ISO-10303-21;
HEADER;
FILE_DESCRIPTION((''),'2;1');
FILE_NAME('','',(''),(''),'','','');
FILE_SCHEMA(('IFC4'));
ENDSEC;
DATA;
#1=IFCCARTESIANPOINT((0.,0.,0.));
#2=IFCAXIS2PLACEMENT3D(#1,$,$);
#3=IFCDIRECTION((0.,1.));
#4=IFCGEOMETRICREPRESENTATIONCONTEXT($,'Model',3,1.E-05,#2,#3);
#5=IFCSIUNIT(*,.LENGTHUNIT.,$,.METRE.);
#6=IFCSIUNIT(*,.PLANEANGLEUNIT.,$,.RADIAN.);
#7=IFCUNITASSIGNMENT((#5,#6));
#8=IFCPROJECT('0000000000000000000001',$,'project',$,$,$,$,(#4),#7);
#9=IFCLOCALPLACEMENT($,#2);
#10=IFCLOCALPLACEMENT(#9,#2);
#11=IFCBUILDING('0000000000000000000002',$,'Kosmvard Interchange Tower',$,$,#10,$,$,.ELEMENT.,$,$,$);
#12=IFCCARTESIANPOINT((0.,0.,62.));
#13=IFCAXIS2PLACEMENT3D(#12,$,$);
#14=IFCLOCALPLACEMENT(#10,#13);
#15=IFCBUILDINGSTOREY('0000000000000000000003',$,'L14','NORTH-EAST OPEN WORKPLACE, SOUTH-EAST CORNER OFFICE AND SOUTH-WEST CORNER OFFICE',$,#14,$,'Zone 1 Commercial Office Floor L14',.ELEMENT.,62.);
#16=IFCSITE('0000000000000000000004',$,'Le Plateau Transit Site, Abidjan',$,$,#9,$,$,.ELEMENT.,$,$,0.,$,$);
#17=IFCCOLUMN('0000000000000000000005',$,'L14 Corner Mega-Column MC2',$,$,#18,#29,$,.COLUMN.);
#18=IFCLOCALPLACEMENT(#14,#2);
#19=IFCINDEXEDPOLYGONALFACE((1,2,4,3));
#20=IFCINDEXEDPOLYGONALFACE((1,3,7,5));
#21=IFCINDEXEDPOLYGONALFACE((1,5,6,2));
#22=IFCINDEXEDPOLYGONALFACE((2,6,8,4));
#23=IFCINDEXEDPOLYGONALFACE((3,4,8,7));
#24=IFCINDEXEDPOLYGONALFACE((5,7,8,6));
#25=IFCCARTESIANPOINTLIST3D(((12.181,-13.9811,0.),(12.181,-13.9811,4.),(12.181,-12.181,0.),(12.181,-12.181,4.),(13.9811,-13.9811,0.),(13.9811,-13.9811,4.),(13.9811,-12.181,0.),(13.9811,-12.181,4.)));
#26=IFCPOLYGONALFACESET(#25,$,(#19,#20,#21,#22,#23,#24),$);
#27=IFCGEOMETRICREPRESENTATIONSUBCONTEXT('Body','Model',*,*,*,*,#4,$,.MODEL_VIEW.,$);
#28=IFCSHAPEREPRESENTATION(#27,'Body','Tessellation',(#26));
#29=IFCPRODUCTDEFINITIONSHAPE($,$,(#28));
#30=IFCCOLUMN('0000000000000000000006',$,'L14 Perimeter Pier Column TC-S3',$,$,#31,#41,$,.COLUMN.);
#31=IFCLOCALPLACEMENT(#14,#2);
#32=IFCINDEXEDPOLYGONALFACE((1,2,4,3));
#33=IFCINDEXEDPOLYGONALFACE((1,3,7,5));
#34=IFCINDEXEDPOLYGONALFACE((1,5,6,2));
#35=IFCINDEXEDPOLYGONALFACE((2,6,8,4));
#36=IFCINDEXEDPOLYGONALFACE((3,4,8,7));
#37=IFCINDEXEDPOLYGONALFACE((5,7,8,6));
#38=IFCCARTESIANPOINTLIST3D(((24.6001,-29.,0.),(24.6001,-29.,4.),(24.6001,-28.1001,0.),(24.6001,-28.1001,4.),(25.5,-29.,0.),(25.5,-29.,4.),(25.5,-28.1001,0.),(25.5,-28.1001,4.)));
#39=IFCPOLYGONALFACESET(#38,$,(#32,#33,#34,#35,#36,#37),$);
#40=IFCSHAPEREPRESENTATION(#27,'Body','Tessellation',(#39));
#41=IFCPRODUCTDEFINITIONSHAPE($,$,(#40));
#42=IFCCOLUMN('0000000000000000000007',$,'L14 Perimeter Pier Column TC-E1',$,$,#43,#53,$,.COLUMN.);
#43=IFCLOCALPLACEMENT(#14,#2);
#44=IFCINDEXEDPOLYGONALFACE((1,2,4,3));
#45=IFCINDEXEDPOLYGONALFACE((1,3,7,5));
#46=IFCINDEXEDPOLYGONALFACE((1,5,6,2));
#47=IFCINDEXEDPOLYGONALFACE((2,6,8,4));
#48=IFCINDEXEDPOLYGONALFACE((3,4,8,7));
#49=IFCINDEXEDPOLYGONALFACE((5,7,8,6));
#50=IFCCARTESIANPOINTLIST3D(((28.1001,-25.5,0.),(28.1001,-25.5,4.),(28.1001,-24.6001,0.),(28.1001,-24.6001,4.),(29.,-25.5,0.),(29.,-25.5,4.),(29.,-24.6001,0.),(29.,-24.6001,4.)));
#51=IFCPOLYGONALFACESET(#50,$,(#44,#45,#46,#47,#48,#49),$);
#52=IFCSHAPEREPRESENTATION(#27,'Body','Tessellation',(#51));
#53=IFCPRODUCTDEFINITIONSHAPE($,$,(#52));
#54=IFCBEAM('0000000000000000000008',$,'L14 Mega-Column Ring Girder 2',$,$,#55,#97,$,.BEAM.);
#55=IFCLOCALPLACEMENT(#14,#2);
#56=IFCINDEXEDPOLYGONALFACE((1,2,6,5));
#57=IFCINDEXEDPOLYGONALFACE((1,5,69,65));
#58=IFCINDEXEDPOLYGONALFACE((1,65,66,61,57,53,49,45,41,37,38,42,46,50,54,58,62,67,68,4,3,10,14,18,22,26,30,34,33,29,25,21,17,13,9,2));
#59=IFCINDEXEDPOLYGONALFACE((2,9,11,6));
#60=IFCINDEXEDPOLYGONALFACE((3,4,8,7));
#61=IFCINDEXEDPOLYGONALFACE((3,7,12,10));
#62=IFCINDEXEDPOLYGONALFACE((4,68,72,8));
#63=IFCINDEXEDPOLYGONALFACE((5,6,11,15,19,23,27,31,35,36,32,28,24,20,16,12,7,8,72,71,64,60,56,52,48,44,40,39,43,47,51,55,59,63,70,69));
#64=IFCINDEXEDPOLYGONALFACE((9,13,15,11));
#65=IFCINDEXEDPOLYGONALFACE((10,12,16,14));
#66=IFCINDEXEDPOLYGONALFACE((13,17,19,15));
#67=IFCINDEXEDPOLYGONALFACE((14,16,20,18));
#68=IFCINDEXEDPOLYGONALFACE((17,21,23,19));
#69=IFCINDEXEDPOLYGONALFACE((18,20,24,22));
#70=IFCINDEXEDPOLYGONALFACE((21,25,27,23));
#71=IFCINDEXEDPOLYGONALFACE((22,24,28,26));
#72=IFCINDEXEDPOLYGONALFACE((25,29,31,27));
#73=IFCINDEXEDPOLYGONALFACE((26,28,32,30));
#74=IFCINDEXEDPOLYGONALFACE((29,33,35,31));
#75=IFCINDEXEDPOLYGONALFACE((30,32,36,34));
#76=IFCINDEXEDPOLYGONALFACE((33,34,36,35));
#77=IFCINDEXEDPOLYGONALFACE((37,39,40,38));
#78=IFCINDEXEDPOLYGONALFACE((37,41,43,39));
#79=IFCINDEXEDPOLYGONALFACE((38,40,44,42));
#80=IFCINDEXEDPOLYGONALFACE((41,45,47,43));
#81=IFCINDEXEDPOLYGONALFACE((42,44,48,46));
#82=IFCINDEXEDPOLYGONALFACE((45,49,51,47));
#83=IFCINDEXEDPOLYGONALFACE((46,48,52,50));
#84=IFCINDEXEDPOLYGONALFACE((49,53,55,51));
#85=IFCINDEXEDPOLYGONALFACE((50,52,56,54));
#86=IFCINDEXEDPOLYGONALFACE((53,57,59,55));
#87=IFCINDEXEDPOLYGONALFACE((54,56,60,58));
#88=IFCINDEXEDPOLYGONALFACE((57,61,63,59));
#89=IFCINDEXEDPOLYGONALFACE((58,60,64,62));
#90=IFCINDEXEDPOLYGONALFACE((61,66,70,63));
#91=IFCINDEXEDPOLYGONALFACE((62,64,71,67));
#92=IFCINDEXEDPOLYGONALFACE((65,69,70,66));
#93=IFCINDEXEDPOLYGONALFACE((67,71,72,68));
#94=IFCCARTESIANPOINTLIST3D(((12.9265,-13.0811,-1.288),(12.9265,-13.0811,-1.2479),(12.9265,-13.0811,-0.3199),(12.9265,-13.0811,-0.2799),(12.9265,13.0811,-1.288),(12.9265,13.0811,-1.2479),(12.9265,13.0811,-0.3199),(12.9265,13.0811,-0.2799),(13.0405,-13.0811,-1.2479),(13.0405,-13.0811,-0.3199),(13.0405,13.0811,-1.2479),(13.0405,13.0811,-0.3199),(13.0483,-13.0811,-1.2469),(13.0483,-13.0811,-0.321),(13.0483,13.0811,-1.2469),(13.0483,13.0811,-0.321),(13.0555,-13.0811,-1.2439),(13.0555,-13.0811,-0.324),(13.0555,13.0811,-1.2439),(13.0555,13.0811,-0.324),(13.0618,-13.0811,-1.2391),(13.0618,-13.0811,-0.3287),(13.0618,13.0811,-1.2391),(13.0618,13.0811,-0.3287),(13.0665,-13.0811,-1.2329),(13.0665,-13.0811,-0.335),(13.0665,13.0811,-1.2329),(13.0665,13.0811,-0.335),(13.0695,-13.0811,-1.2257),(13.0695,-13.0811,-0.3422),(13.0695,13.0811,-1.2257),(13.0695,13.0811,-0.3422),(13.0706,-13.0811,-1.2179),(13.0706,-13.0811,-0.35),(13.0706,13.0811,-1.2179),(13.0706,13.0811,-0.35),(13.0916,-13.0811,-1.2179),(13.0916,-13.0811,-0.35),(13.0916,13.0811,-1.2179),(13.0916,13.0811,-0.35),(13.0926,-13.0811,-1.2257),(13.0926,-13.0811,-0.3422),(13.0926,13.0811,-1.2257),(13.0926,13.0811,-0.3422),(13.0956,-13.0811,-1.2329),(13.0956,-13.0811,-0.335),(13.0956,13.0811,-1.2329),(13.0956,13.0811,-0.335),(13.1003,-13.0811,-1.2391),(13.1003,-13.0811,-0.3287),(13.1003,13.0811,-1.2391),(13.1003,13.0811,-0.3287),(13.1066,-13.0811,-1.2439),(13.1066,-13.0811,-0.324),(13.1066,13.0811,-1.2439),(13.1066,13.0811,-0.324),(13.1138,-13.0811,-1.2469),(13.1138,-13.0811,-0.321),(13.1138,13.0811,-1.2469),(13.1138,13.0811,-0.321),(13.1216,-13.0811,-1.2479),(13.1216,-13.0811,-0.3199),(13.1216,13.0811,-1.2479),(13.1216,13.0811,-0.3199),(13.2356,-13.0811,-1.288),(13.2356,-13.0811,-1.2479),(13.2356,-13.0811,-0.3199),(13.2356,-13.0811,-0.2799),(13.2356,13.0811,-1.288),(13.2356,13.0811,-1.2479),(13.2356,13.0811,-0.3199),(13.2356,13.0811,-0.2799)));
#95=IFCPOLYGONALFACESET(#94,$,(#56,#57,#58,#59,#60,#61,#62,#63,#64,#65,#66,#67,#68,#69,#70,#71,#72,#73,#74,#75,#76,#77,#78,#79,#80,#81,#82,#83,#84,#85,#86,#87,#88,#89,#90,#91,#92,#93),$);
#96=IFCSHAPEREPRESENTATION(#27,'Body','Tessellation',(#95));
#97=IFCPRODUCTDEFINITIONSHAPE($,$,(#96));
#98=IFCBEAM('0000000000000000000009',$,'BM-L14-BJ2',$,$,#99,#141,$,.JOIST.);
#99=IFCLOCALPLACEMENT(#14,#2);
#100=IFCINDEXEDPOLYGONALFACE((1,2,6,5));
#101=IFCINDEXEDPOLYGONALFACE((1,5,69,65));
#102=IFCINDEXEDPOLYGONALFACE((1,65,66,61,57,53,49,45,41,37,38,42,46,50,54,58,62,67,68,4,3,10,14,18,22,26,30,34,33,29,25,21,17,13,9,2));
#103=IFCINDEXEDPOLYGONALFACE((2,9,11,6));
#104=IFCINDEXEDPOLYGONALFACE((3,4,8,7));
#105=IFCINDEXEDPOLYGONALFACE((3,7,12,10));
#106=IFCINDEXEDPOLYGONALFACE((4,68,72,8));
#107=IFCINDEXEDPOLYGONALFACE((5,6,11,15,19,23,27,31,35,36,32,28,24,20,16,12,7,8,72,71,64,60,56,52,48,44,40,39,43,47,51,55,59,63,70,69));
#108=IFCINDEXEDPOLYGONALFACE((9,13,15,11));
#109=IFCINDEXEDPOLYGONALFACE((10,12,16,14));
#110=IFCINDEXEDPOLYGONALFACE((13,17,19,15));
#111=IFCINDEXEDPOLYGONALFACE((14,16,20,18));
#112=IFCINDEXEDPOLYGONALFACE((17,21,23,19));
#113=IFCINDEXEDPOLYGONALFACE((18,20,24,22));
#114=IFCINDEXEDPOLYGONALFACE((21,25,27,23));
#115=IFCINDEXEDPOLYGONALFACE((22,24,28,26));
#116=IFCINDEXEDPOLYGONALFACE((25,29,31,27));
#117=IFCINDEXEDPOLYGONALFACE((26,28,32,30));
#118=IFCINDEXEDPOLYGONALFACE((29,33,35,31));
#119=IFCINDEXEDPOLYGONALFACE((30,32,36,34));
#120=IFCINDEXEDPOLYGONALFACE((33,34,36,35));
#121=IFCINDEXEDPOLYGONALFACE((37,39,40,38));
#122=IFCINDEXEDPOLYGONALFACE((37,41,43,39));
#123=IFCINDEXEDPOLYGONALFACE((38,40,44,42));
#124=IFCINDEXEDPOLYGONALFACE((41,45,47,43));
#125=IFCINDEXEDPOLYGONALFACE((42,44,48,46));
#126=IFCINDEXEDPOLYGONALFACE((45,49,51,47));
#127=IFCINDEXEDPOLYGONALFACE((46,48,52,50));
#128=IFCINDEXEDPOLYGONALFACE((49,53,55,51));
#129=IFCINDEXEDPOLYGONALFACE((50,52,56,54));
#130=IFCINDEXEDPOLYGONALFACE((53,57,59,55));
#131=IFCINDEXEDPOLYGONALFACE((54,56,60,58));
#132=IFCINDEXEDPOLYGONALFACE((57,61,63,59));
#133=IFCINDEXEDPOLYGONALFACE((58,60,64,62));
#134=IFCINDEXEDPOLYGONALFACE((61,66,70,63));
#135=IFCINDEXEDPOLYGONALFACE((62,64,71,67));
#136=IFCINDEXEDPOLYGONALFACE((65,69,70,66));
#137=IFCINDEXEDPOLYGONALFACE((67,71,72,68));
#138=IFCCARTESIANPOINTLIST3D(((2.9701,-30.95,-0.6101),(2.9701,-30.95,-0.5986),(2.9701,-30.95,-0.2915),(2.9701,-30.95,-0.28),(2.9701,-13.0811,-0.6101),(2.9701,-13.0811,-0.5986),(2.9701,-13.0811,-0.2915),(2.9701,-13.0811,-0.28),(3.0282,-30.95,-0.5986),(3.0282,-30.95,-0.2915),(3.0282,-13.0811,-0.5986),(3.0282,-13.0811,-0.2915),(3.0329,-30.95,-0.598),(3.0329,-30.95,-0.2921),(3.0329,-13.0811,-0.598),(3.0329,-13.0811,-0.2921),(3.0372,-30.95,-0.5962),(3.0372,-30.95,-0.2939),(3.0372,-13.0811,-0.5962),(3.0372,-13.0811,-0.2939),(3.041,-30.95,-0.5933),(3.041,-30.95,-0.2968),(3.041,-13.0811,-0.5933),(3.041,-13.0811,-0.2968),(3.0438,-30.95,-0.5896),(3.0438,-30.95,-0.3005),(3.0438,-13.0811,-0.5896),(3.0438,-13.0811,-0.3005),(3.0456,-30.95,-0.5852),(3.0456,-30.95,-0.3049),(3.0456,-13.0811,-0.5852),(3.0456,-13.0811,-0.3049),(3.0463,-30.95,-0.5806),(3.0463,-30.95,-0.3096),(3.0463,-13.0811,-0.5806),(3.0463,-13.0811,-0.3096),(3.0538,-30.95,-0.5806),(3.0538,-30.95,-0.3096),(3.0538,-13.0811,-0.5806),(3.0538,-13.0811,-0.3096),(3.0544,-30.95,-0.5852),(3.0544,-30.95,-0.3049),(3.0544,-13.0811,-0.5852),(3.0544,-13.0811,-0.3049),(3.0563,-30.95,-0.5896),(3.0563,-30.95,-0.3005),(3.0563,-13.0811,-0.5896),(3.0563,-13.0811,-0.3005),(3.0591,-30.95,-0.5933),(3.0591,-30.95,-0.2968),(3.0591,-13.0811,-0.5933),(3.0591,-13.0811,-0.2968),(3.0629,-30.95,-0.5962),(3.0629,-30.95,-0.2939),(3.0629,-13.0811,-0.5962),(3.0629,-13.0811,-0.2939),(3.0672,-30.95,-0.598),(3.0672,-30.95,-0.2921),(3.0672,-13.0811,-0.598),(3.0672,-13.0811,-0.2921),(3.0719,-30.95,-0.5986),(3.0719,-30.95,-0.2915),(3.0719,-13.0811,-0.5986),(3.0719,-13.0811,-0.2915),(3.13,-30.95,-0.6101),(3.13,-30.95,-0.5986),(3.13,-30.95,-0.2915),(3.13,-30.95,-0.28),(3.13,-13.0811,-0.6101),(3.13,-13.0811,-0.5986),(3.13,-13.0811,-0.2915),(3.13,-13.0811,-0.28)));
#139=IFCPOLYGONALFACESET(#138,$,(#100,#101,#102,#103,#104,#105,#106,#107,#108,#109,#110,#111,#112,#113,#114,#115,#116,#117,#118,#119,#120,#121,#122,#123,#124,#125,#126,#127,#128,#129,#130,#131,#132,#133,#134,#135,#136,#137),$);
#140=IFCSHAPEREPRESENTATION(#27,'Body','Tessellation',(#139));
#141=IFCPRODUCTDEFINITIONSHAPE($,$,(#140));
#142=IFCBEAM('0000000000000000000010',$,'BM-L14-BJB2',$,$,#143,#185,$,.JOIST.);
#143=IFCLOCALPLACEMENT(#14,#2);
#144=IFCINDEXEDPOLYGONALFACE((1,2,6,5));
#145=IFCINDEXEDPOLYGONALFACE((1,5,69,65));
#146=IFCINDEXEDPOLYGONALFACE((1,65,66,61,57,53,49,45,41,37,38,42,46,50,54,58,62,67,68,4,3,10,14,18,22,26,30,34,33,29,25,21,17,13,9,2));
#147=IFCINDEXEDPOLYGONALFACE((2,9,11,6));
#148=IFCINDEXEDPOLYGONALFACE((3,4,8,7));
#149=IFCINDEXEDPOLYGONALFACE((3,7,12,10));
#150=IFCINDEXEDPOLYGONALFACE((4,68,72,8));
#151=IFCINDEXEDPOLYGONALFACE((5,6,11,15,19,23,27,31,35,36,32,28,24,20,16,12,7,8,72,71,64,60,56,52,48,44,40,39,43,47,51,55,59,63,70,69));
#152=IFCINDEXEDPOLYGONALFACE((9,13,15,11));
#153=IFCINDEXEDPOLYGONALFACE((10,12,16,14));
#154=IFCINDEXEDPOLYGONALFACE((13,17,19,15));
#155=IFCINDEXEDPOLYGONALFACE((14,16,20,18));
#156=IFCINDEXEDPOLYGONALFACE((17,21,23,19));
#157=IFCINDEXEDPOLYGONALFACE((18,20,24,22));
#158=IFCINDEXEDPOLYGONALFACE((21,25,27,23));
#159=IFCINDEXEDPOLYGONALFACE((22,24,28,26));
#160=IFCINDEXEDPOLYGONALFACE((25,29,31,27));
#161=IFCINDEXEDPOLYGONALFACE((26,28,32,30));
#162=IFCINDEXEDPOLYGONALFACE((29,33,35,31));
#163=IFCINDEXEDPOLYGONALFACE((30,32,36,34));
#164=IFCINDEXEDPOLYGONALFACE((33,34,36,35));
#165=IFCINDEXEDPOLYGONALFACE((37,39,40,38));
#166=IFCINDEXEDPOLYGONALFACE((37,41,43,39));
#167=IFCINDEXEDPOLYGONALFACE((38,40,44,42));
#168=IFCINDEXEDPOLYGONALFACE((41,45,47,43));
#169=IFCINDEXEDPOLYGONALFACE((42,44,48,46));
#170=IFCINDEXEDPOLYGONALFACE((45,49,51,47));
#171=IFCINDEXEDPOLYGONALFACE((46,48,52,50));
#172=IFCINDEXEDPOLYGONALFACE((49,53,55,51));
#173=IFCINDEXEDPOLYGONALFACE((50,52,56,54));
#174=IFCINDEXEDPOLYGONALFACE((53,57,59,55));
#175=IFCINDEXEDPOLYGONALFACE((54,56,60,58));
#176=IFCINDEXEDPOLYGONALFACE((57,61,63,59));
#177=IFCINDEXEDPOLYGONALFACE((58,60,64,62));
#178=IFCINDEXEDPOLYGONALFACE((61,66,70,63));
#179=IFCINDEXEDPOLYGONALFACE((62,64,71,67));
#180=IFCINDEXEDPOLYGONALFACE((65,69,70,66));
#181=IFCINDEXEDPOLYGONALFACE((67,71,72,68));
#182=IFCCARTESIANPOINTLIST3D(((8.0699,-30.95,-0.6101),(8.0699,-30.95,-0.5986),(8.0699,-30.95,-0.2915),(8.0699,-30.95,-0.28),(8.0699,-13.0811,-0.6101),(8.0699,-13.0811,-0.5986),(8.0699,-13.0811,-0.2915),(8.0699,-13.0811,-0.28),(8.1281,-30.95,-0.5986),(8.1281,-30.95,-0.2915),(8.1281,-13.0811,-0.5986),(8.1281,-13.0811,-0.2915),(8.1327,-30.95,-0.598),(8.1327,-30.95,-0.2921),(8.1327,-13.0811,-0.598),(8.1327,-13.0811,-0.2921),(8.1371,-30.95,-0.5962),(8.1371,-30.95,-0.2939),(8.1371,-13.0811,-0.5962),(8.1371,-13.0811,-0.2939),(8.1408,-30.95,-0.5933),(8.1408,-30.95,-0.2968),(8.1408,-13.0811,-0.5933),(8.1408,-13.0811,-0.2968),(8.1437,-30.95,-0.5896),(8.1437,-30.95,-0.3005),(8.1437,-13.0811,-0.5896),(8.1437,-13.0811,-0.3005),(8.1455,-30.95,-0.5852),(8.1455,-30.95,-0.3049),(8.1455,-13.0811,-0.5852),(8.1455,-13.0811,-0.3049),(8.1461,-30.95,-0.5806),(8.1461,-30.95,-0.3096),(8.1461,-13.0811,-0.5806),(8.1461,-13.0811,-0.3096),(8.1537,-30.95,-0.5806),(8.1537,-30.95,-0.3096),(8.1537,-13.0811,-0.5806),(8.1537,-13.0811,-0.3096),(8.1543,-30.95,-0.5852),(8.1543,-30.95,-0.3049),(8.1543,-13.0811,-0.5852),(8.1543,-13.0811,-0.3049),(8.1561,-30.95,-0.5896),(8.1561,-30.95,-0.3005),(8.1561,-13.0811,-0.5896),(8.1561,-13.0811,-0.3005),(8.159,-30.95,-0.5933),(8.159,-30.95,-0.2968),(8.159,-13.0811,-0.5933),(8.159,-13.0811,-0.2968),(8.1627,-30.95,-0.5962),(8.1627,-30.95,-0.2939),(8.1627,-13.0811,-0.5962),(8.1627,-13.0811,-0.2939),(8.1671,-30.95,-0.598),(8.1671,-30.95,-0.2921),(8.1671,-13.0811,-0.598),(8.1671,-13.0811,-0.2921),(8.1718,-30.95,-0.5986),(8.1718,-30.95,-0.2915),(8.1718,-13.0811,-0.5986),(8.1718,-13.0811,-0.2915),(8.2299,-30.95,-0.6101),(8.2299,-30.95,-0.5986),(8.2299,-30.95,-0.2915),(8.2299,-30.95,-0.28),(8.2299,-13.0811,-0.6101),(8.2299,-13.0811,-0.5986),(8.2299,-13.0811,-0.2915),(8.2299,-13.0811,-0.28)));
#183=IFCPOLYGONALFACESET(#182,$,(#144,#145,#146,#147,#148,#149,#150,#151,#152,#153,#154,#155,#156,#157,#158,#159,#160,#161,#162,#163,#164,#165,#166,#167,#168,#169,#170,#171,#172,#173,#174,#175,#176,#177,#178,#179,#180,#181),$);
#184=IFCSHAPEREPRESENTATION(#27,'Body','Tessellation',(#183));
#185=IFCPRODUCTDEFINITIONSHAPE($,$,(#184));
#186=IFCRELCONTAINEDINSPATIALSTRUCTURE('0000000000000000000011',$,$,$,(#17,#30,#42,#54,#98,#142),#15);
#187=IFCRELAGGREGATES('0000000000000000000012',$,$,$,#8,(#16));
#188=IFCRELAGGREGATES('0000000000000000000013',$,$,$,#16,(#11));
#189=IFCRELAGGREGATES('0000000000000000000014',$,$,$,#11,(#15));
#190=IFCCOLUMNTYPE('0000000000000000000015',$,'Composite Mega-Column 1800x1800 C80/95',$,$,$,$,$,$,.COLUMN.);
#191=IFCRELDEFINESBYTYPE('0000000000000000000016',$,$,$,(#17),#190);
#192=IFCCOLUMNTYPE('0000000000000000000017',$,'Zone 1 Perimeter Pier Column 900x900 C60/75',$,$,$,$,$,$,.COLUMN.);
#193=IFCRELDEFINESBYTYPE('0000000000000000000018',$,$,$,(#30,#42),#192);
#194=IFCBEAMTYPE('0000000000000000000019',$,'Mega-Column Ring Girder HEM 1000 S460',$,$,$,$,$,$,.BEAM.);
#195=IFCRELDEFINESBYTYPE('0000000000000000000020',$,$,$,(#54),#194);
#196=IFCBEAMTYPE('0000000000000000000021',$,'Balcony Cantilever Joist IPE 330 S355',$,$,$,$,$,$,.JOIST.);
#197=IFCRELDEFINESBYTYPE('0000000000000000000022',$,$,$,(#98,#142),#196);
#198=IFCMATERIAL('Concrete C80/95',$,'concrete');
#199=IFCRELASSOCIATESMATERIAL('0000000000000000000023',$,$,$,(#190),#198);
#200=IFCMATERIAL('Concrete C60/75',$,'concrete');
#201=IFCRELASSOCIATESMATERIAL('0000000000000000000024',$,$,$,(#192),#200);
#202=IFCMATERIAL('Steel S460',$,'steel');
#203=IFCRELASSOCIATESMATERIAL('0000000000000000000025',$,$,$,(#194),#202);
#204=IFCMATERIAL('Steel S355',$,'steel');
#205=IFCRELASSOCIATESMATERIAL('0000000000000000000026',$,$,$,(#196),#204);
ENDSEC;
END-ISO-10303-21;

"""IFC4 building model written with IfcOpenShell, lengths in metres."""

from ifc_helpers import new_model, si_unit, direction, frame, origin, origin_2d, place, context, subcontext, project, spatial, rectangle, i_section, extrude, source, transform, mapped, material, material_profile, profile_set, type_object, element, save


model = new_model("IFC4")

# Units and contexts
model_context = context("Model", 3, precision=1e-05, world=origin(), true_north=direction((0.0, 1.0)))
body_context = subcontext(model_context, "Body", "Model", "MODEL_VIEW")
ifc_project = project(units=[si_unit("LENGTHUNIT", "METRE"), si_unit("PLANEANGLEUNIT", "RADIAN")], contexts=[model_context])

# Site, building, storey
site_placement = place(None, origin())
site = spatial("IfcSite", under=ifc_project, at=site_placement, Name="Le Plateau Transit Site, Abidjan", CompositionType="ELEMENT", RefElevation=0.0)
building_placement = place(site_placement, origin())
building = spatial("IfcBuilding", under=site, at=building_placement, Name="Kosmvard Interchange Tower", CompositionType="ELEMENT")
storey_placement = place(building_placement, frame((0.0, 0.0, 62.0)))
storey = spatial("IfcBuildingStorey", under=building, at=storey_placement, Name="L14", Description="NORTH-EAST OPEN WORKPLACE, SOUTH-EAST CORNER OFFICE AND SOUTH-WEST CORNER OFFICE", LongName="Zone 1 Commercial Office Floor L14", CompositionType="ELEMENT", Elevation=62.0)

# Columns
ifc_material_1 = material(Name="Concrete C80/95", Category="concrete")
ifc_material_profile_1 = material_profile(ifc_material_1, rectangle(XDim=1.8, YDim=1.8, at=origin_2d()), Name="MC 1800x1800")
ifc_profile_set_1 = profile_set([ifc_material_profile_1], Name="Concrete C80/95")
column_type_1 = type_object("IfcColumnType", Name="Composite Mega-Column 1800x1800 C80/95", PredefinedType="COLUMN", material=ifc_profile_set_1)
shared_shape_1 = source(origin(), body_context, "Body", "SweptSolid", [
    extrude(rectangle(XDim=1.8, YDim=1.8, at=origin_2d()), origin(), (0.0, 0.0, 1.0), 4.0),
])
column_placement = place(storey_placement, frame((13.0811, -13.0811, 0.0), z_axis=(0.0, 0.0, 1.0), x_axis=(1.0, 0.0, 0.0)))
element("IfcColumn", 1, at=column_placement, inside=storey, type_object=column_type_1, Name="L14 Corner Mega-Column MC2", PredefinedType="COLUMN", context=body_context, shape_type="MappedRepresentation", body=[
    mapped(shared_shape_1, transform((0.0, 0.0, 0.0), scale=1.0)),
])
ifc_material_2 = material(Name="Concrete C60/75", Category="concrete")
ifc_material_profile_2 = material_profile(ifc_material_2, rectangle(XDim=0.8999, YDim=0.8999, at=origin_2d()), Name="TC 900x900")
ifc_profile_set_2 = profile_set([ifc_material_profile_2], Name="Concrete C60/75")
column_type_2 = type_object("IfcColumnType", Name="Zone 1 Perimeter Pier Column 900x900 C60/75", PredefinedType="COLUMN", material=ifc_profile_set_2)
shared_shape_2 = source(origin(), body_context, "Body", "SweptSolid", [
    extrude(rectangle(XDim=0.8999, YDim=0.8999, at=origin_2d()), origin(), (0.0, 0.0, 1.0), 4.0),
])
for number, where, z_axis, x_axis, name in (
    (2, (25.05, -28.55, 0.0), (0.0, 0.0, 1.0), (1.0, 0.0, 0.0), "L14 Perimeter Pier Column TC-S3"),
    (3, (28.55, -25.05, 0.0), (0.0, 0.0, 1.0), (1.0, 0.0, 0.0), "L14 Perimeter Pier Column TC-E1"),
):
    element("IfcColumn", number, at=place(storey_placement, frame(where, z_axis=z_axis, x_axis=x_axis)), inside=storey, type_object=column_type_2, Name=name, PredefinedType="COLUMN", context=body_context, shape_type="MappedRepresentation", body=[
        mapped(shared_shape_2, transform((0.0, 0.0, 0.0), scale=1.0)),
    ])

# Beams
ifc_material_3 = material(Name="Steel S460", Category="steel")
ifc_material_profile_3 = material_profile(ifc_material_3, i_section(OverallWidth=0.3091, OverallDepth=1.0081, WebThickness=0.021, FlangeThickness=0.04, FilletRadius=0.03, at=origin_2d()), Name="HEM 1000")
ifc_profile_set_3 = profile_set([ifc_material_profile_3], Name="Steel S460")
beam_type_1 = type_object("IfcBeamType", Name="Mega-Column Ring Girder HEM 1000 S460", PredefinedType="BEAM", material=ifc_profile_set_3)
shared_shape_3 = source(origin(), body_context, "Body", "SweptSolid", [
    extrude(i_section(OverallWidth=0.3091, OverallDepth=1.0081, WebThickness=0.021, FlangeThickness=0.04, FilletRadius=0.03, at=origin_2d()), origin(), (0.0, 0.0, 1.0), 26.1621),
])
beam_1_placement = place(storey_placement, frame((13.0811, -13.0811, -0.7839), z_axis=(0.0, 1.0, 0.0), x_axis=(-1.0, 0.0, 0.0)))
element("IfcBeam", 4, at=beam_1_placement, inside=storey, type_object=beam_type_1, Name="L14 Mega-Column Ring Girder 2", PredefinedType="BEAM", context=body_context, shape_type="MappedRepresentation", body=[
    mapped(shared_shape_3, transform((0.0, 0.0, 0.0), scale=1.0)),
])
ifc_material_4 = material(Name="Steel S355", Category="steel")
ifc_material_profile_4 = material_profile(ifc_material_4, i_section(OverallWidth=0.1599, OverallDepth=0.3301, WebThickness=0.0076, FlangeThickness=0.0115, FilletRadius=0.0181, at=origin_2d()), Name="IPE 330")
ifc_profile_set_4 = profile_set([ifc_material_profile_4], Name="Steel S355")
beam_type_2 = type_object("IfcBeamType", Name="Balcony Cantilever Joist IPE 330 S355", PredefinedType="JOIST", material=ifc_profile_set_4)
shared_shape_4 = source(origin(), body_context, "Body", "SweptSolid", [
    extrude(i_section(OverallWidth=0.1599, OverallDepth=0.3301, WebThickness=0.0076, FlangeThickness=0.0115, FilletRadius=0.0181, at=origin_2d()), origin(), (0.0, 0.0, 1.0), 17.8689),
])
for number, where, z_axis, x_axis, name in (
    (5, (3.05, -13.0811, -0.4451), (0.0, -1.0, 0.0), (1.0, 0.0, 0.0), "BM-L14-BJ2"),
    (6, (8.1499, -13.0811, -0.4451), (0.0, -1.0, 0.0), (1.0, 0.0, 0.0), "BM-L14-BJB2"),
):
    element("IfcBeam", number, at=place(storey_placement, frame(where, z_axis=z_axis, x_axis=x_axis)), inside=storey, type_object=beam_type_2, Name=name, PredefinedType="JOIST", context=body_context, shape_type="MappedRepresentation", body=[
        mapped(shared_shape_4, transform((0.0, 0.0, 0.0), scale=1.0)),
    ])

save(model, "model.ifc")
